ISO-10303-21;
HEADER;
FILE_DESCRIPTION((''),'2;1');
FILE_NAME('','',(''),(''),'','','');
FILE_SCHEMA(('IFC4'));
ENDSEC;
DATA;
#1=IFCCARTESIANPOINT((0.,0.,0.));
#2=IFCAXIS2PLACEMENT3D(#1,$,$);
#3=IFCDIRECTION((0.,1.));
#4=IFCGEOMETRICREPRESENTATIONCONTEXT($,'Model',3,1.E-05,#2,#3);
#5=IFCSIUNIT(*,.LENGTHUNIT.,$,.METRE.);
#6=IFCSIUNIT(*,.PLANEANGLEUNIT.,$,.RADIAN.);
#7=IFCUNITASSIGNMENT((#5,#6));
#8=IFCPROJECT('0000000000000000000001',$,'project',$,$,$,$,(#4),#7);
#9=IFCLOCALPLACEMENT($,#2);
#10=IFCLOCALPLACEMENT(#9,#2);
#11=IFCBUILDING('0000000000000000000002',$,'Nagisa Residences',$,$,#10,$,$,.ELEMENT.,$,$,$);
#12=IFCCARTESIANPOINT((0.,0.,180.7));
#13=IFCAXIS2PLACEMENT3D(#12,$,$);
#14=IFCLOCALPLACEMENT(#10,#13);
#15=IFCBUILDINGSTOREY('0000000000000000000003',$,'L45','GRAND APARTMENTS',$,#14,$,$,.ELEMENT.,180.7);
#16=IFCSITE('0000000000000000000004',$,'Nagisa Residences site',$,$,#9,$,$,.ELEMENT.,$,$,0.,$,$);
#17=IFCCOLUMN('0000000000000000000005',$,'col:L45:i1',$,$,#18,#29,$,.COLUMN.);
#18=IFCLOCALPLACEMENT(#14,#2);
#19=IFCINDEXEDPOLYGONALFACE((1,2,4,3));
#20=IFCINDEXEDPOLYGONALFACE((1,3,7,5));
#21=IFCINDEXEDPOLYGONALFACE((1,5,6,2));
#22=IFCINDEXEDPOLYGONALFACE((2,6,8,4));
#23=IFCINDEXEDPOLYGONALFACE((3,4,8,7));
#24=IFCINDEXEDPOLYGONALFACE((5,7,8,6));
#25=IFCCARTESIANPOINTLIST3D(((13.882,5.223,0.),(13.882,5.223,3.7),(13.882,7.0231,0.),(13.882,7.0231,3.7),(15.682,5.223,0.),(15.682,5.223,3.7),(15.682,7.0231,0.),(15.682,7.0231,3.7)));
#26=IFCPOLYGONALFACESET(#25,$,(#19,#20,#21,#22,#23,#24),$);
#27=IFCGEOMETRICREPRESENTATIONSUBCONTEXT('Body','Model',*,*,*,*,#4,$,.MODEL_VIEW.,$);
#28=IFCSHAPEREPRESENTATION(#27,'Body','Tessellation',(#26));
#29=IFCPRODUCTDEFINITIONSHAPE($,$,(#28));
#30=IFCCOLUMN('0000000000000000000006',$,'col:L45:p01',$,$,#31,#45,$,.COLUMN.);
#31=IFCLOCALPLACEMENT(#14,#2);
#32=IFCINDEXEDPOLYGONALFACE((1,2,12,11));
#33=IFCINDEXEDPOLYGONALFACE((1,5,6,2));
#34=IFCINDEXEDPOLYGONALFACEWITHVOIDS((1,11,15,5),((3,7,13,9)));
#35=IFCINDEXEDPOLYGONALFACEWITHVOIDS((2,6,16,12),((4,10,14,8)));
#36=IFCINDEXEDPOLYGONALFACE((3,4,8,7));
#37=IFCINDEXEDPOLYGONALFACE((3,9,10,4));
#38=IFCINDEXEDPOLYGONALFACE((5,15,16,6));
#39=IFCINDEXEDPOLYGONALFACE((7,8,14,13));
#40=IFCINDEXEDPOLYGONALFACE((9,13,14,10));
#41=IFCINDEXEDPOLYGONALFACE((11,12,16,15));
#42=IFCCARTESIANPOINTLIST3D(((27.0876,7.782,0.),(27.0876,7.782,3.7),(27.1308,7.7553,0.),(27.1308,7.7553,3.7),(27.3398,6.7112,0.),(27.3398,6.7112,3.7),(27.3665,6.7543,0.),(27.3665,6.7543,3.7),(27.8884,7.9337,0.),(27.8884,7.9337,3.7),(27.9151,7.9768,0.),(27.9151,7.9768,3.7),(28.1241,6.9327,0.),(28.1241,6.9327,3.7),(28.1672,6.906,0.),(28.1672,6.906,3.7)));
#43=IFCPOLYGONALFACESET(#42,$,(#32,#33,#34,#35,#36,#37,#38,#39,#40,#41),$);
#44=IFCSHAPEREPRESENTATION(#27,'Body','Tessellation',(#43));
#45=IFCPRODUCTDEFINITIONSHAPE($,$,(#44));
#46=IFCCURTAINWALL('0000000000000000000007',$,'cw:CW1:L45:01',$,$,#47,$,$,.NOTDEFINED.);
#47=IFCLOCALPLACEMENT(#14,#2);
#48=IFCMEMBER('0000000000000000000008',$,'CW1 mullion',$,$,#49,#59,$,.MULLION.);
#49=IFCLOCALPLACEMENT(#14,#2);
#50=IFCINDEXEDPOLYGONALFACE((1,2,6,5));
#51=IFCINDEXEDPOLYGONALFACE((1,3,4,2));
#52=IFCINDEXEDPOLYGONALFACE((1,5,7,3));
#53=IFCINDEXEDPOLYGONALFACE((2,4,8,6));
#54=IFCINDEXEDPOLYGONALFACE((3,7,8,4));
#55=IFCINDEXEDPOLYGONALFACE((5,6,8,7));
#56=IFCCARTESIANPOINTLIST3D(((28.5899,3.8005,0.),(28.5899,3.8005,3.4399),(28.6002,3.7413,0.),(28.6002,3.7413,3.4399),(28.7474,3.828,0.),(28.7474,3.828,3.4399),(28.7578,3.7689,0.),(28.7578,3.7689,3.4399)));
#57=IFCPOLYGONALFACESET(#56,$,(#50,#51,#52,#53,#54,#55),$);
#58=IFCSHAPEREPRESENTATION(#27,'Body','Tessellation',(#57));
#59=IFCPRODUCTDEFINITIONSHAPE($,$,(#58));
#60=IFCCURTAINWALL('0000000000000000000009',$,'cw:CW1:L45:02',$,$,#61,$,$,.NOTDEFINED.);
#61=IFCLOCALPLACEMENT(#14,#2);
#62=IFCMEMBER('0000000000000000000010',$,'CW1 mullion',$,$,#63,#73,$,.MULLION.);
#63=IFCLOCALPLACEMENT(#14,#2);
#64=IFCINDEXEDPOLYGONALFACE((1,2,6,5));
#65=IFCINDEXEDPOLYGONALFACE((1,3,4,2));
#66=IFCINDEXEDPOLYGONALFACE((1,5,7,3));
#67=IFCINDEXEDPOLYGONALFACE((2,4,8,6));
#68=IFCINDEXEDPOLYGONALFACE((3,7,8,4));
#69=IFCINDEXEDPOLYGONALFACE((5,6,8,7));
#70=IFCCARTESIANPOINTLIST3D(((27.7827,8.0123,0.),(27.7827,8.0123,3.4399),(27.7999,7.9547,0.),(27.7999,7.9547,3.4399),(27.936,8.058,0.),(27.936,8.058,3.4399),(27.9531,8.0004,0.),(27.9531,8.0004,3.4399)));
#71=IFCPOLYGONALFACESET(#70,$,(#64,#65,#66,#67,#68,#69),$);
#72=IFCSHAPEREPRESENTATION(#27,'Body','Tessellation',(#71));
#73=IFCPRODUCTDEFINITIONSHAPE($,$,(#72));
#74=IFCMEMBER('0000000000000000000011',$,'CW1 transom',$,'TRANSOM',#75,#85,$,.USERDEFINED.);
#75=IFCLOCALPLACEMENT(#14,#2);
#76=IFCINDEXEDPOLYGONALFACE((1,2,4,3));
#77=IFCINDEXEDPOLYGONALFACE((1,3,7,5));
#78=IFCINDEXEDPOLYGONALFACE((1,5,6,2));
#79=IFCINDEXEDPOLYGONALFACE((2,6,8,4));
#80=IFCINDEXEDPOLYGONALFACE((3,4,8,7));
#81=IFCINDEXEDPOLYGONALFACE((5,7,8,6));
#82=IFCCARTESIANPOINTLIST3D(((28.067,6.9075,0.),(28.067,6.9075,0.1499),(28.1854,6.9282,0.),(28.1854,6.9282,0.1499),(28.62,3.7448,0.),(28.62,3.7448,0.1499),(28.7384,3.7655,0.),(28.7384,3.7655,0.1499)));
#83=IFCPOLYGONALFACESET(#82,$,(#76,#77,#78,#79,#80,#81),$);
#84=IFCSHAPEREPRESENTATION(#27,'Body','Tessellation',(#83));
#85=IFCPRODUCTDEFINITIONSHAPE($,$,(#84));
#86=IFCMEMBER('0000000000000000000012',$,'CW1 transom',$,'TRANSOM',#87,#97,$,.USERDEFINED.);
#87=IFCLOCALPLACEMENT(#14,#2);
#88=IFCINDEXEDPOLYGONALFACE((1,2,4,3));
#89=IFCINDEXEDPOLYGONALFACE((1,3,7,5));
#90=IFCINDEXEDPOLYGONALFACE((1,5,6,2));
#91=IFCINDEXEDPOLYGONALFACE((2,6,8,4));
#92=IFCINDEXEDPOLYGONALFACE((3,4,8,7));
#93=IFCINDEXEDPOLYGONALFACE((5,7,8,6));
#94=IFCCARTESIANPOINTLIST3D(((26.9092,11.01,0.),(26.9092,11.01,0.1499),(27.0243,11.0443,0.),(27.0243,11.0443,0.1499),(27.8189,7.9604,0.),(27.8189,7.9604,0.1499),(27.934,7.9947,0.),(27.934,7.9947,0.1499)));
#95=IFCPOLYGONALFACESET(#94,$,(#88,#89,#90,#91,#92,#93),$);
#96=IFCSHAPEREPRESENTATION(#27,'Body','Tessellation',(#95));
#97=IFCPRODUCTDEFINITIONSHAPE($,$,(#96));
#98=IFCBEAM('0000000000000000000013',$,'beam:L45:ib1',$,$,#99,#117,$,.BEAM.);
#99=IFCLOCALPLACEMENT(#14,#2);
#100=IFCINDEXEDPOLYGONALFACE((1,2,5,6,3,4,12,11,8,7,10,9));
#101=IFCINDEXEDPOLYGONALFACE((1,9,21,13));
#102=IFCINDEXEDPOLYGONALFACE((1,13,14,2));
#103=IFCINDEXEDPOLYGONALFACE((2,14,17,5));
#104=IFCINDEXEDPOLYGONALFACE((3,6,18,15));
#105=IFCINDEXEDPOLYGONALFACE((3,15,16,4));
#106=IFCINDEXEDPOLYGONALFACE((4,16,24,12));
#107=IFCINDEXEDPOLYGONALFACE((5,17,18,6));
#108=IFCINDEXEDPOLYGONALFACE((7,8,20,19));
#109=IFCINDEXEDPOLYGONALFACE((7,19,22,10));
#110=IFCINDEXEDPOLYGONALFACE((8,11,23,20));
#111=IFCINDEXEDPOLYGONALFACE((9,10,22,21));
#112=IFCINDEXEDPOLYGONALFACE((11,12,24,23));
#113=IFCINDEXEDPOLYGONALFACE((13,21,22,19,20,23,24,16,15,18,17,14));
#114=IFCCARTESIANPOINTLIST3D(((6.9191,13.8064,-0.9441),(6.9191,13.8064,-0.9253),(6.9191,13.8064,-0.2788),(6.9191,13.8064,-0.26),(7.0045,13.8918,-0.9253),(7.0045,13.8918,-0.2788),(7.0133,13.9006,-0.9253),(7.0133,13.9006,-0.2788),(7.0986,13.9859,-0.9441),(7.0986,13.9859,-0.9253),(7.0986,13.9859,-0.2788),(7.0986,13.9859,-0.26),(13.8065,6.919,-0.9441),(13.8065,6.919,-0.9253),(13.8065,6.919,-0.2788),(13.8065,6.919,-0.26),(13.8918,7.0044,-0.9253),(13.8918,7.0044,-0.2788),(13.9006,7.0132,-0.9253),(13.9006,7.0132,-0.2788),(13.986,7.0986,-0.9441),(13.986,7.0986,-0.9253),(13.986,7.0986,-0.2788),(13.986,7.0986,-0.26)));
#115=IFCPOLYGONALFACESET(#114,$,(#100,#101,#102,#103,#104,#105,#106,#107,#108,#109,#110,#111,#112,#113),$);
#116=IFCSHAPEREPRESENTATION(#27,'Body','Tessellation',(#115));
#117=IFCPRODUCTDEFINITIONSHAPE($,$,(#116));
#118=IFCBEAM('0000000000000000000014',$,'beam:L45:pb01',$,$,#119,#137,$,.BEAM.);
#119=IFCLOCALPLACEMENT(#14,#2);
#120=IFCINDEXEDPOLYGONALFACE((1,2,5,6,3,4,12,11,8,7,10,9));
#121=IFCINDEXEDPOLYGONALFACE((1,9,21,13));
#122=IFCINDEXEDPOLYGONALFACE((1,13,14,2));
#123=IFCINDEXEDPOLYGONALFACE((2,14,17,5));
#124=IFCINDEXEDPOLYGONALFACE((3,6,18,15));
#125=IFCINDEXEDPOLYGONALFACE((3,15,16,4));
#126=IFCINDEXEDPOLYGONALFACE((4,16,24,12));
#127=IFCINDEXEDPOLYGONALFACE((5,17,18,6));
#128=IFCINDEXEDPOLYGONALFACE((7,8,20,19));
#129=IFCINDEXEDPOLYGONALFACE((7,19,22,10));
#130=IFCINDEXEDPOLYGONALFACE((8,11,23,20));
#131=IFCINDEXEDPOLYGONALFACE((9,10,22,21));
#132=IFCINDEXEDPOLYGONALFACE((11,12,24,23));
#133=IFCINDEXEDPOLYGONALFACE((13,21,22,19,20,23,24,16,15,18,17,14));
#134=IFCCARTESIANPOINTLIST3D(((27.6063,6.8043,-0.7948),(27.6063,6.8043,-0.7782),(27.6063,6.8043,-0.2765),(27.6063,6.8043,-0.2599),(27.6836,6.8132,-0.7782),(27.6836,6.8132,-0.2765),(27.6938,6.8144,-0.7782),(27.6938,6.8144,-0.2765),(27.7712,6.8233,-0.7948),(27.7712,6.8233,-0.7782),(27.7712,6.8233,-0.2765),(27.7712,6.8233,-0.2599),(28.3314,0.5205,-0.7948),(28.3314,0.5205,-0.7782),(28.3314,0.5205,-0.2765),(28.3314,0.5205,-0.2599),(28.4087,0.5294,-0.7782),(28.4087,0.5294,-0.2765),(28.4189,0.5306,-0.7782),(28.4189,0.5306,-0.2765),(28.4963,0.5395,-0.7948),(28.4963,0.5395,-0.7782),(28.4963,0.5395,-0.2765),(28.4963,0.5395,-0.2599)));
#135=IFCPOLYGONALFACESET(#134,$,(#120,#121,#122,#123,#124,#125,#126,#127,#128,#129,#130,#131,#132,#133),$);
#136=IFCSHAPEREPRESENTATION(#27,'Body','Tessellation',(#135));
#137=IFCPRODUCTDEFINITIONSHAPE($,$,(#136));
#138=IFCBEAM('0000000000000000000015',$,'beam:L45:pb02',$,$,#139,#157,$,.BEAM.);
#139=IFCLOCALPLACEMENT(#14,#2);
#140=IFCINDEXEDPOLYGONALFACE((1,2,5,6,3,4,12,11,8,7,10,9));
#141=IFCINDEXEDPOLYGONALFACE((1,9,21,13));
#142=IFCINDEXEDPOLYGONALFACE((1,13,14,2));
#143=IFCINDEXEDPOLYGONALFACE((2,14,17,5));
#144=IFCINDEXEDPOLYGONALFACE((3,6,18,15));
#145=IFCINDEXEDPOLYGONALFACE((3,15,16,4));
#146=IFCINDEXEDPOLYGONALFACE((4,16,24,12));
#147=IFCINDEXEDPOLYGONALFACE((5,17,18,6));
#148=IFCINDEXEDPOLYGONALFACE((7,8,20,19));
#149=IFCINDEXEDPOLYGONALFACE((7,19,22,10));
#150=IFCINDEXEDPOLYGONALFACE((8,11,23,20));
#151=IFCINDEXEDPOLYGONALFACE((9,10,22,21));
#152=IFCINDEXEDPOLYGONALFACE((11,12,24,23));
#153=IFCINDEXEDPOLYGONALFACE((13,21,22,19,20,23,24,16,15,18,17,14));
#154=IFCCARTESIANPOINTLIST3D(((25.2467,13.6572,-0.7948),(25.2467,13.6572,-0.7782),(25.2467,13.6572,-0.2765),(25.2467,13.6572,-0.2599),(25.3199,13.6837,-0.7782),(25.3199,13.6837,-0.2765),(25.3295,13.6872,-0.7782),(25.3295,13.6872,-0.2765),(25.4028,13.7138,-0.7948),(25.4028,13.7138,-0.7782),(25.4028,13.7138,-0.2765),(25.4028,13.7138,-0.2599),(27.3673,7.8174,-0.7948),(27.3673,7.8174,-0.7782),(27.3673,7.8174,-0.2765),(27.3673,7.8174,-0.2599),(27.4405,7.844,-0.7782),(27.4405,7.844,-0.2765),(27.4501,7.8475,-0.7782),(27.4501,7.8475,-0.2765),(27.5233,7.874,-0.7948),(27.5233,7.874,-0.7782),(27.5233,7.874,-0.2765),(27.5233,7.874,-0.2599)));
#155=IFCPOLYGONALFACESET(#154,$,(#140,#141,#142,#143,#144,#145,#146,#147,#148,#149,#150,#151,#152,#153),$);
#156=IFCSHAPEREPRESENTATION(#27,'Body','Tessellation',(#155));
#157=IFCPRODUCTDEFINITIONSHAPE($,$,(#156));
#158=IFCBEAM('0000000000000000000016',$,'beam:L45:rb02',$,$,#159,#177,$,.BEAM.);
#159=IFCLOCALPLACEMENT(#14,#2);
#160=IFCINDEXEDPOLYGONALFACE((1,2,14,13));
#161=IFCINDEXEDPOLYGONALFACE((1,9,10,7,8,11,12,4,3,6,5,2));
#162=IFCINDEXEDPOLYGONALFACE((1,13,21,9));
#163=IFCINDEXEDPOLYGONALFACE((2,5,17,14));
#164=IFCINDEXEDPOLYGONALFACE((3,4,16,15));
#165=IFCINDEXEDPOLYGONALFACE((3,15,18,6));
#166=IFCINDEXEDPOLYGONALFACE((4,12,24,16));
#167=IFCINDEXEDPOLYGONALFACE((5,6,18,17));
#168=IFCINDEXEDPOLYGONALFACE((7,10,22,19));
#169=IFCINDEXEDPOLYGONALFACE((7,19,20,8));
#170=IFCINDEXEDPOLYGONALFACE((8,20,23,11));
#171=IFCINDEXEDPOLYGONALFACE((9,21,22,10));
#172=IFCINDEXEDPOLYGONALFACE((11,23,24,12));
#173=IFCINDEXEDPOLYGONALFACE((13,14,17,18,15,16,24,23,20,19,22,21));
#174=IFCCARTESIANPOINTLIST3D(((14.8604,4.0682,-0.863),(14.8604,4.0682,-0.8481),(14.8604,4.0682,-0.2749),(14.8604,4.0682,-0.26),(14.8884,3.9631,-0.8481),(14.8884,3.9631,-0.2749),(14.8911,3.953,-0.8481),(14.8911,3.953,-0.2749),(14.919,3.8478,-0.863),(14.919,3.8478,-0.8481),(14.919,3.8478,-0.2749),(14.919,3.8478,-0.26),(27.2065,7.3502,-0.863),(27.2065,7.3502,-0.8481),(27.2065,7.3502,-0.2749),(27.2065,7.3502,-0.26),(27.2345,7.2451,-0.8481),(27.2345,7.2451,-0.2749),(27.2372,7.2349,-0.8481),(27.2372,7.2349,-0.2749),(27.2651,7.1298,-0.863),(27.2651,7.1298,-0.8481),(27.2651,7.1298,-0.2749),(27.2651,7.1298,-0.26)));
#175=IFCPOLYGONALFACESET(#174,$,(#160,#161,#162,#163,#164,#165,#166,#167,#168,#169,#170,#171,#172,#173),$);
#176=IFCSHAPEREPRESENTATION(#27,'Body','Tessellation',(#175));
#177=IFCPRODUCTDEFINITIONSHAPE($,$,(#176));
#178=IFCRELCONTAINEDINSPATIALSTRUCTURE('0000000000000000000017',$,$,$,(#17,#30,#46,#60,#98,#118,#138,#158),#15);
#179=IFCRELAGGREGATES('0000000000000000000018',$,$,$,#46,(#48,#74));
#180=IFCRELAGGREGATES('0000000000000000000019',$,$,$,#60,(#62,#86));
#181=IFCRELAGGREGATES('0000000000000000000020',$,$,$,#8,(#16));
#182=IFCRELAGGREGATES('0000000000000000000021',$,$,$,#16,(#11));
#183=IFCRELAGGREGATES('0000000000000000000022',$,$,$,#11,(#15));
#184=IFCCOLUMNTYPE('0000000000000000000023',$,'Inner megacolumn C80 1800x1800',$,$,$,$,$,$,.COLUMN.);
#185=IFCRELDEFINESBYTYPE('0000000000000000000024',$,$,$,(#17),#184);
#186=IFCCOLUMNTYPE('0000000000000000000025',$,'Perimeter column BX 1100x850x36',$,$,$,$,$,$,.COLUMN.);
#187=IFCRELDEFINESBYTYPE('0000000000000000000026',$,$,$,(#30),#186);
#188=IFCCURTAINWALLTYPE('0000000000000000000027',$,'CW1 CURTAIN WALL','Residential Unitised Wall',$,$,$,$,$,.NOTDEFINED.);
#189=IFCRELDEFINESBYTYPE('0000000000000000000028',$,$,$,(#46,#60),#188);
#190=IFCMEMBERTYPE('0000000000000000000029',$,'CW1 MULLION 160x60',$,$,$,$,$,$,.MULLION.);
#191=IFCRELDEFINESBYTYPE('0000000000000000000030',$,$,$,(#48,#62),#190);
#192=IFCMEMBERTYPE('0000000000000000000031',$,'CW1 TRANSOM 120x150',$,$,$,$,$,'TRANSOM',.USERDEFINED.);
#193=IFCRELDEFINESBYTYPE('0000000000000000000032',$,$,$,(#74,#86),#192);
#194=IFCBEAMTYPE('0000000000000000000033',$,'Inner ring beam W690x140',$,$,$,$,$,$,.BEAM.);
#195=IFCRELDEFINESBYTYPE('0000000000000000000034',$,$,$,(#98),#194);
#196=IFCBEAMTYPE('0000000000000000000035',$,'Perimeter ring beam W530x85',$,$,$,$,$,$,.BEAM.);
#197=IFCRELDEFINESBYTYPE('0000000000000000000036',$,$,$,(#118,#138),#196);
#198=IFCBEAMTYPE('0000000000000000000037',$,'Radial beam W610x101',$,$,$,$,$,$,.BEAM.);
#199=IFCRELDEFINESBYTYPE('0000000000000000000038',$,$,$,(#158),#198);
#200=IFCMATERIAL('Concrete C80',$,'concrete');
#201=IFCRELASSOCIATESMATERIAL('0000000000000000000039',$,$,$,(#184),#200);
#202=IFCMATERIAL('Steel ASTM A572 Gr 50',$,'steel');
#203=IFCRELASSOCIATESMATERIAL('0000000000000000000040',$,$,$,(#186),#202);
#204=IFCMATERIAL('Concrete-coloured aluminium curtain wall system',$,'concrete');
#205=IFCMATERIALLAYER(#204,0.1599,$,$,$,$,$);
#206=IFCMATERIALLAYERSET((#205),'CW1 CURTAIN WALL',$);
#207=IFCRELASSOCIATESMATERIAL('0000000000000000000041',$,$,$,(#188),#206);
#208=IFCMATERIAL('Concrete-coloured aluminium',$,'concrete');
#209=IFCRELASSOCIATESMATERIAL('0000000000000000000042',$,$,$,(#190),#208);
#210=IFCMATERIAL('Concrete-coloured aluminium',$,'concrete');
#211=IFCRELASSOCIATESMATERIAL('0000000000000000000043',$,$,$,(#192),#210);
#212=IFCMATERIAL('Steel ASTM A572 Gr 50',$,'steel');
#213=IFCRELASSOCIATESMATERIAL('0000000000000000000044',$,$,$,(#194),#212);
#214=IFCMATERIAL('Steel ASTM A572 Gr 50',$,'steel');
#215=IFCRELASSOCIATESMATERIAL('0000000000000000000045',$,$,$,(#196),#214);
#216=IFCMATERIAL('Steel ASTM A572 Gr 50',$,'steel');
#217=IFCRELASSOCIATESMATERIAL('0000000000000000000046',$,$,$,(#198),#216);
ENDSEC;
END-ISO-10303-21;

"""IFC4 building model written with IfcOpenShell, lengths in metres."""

from ifc_helpers import new_model, si_unit, direction, frame, origin, origin_2d, place, context, subcontext, project, spatial, rectangle, hollow_rectangle, i_section, extrude, material, layer, layer_set, material_profile, profile_set, type_object, element, aggregate, save


model = new_model("IFC4")

# Units and contexts
model_context = context("Model", 3, precision=1e-05, world=origin(), true_north=direction((0.0, 1.0)))
body_context = subcontext(model_context, "Body", "Model", "MODEL_VIEW")
ifc_project = project(units=[si_unit("LENGTHUNIT", "METRE"), si_unit("PLANEANGLEUNIT", "RADIAN")], contexts=[model_context])

# Site, building, storey
site_placement = place(None, origin())
site = spatial("IfcSite", under=ifc_project, at=site_placement, Name="Nagisa Residences site", CompositionType="ELEMENT", RefElevation=0.0)
building_placement = place(site_placement, origin())
building = spatial("IfcBuilding", under=site, at=building_placement, Name="Nagisa Residences", CompositionType="ELEMENT")
storey_placement = place(building_placement, frame((0.0, 0.0, 180.7)))
storey = spatial("IfcBuildingStorey", under=building, at=storey_placement, Name="L45", Description="GRAND APARTMENTS", CompositionType="ELEMENT", Elevation=180.7)

# Columns
ifc_material_1 = material(Name="Concrete C80", Category="concrete")
ifc_material_profile_1 = material_profile(ifc_material_1, rectangle(XDim=1.8, YDim=1.8, at=origin_2d()), Name="C80 1800x1800")
ifc_profile_set_1 = profile_set([ifc_material_profile_1], Name="Concrete C80")
column_type_1 = type_object("IfcColumnType", Name="Inner megacolumn C80 1800x1800", PredefinedType="COLUMN", material=ifc_profile_set_1)
column_1_placement = place(storey_placement, frame((14.782, 6.123, 0.0), z_axis=(0.0, 0.0, 1.0), x_axis=(1.0, 0.0, 0.0)))
element("IfcColumn", 1, at=column_1_placement, inside=storey, type_object=column_type_1, Name="col:L45:i1", PredefinedType="COLUMN", context=body_context, shape_type="SweptSolid", body=[
    extrude(rectangle(XDim=1.8, YDim=1.8, at=origin_2d()), origin(), (0.0, 0.0, 1.0), 3.7),
])
ifc_material_2 = material(Name="Steel ASTM A572 Gr 50", Category="steel")
ifc_material_profile_2 = material_profile(ifc_material_2, hollow_rectangle(XDim=1.1001, YDim=0.8501, WallThickness=0.0359, at=origin_2d()), Name="BX 1100x850x36")
ifc_profile_set_2 = profile_set([ifc_material_profile_2], Name="Steel ASTM A572 Gr 50")
column_type_2 = type_object("IfcColumnType", Name="Perimeter column BX 1100x850x36", PredefinedType="COLUMN", material=ifc_profile_set_2)
column_2_placement = place(storey_placement, frame((27.6274, 7.344, 0.0), z_axis=(0.0, 0.0, 1.0), x_axis=(-0.229202, 0.973379, 0.0)))
element("IfcColumn", 2, at=column_2_placement, inside=storey, type_object=column_type_2, Name="col:L45:p01", PredefinedType="COLUMN", context=body_context, shape_type="SweptSolid", body=[
    extrude(hollow_rectangle(XDim=1.1001, YDim=0.8501, WallThickness=0.0359, at=origin_2d()), origin(), (0.0, 0.0, 1.0), 3.7),
])

# Curtain walls, members
ifc_material_3 = material(Name="Concrete-coloured aluminium curtain wall system", Category="concrete")
ifc_layer_1 = layer(ifc_material_3, 0.1599)
ifc_layer_set_1 = layer_set([ifc_layer_1], Name="CW1 CURTAIN WALL")
curtain_wall_type = type_object("IfcCurtainWallType", Name="CW1 CURTAIN WALL", Description="Residential Unitised Wall", PredefinedType="NOTDEFINED", material=ifc_layer_set_1)
curtain_wall_1_placement = place(storey_placement, origin())
curtain_wall_1 = element("IfcCurtainWall", 3, at=curtain_wall_1_placement, inside=storey, type_object=curtain_wall_type, Name="cw:CW1:L45:01", PredefinedType="NOTDEFINED")
ifc_material_4 = material(Name="Concrete-coloured aluminium", Category="concrete")
ifc_material_profile_3 = material_profile(ifc_material_4, rectangle(XDim=0.1599, YDim=0.0601, at=origin_2d()), Name="CW1 MULLION 160x60")
ifc_profile_set_3 = profile_set([ifc_material_profile_3], Name="Concrete-coloured aluminium")
member_type_1 = type_object("IfcMemberType", Name="CW1 MULLION 160x60", PredefinedType="MULLION", material=ifc_profile_set_3)
member_1_placement = place(storey_placement, frame((28.6738, 3.7847, 0.0), z_axis=(0.0, 0.0, 1.0), x_axis=(-0.985064, -0.172191, 0.0)))
member_1 = element("IfcMember", 4, at=member_1_placement, type_object=member_type_1, Name="CW1 mullion", PredefinedType="MULLION", context=body_context, shape_type="SweptSolid", body=[
    extrude(rectangle(XDim=0.1599, YDim=0.0601, at=origin_2d()), origin(), (0.0, 0.0, 1.0), 3.4399),
])
curtain_wall_2_placement = place(storey_placement, origin())
curtain_wall_2 = element("IfcCurtainWall", 5, at=curtain_wall_2_placement, inside=storey, type_object=curtain_wall_type, Name="cw:CW1:L45:02", PredefinedType="NOTDEFINED")
member_2_placement = place(storey_placement, frame((27.8679, 8.0063, 0.0), z_axis=(0.0, 0.0, 1.0), x_axis=(-0.958271, -0.28586, 0.0)))
member_2 = element("IfcMember", 6, at=member_2_placement, type_object=member_type_1, Name="CW1 mullion", PredefinedType="MULLION", context=body_context, shape_type="SweptSolid", body=[
    extrude(rectangle(XDim=0.1599, YDim=0.0601, at=origin_2d()), origin(), (0.0, 0.0, 1.0), 3.4399),
])

# Members
ifc_material_5 = material(Name="Concrete-coloured aluminium", Category="concrete")
ifc_material_profile_4 = material_profile(ifc_material_5, rectangle(XDim=0.1201, YDim=0.1499, at=origin_2d()), Name="CW1 TRANSOM 120x150")
ifc_profile_set_4 = profile_set([ifc_material_profile_4], Name="Concrete-coloured aluminium")
member_type_2 = type_object("IfcMemberType", Name="CW1 TRANSOM 120x150", ElementType="TRANSOM", PredefinedType="USERDEFINED", material=ifc_profile_set_4)
member_3_placement = place(storey_placement, frame((28.6792, 3.7551, 0.075), z_axis=(-0.172236, 0.985056, 0.0), x_axis=(-0.985056, -0.172236, 0.0)))
member_3 = element("IfcMember", 7, at=member_3_placement, type_object=member_type_2, Name="CW1 transom", ObjectType="TRANSOM", PredefinedType="USERDEFINED", context=body_context, shape_type="SweptSolid", body=[
    extrude(rectangle(XDim=0.1201, YDim=0.1499, at=origin_2d()), origin(), (0.0, 0.0, 1.0), 3.2107),
])
member_4_placement = place(storey_placement, frame((27.8765, 7.9775, 0.075), z_axis=(-0.285848, 0.958275, 0.0), x_axis=(-0.958275, -0.285848, 0.0)))
member_4 = element("IfcMember", 8, at=member_4_placement, type_object=member_type_2, Name="CW1 transom", ObjectType="TRANSOM", PredefinedType="USERDEFINED", context=body_context, shape_type="SweptSolid", body=[
    extrude(rectangle(XDim=0.1201, YDim=0.1499, at=origin_2d()), origin(), (0.0, 0.0, 1.0), 3.1824),
])

# Beams
ifc_material_6 = material(Name="Steel ASTM A572 Gr 50", Category="steel")
ifc_material_profile_5 = material_profile(ifc_material_6, i_section(OverallWidth=0.2539, OverallDepth=0.6841, WebThickness=0.0125, FlangeThickness=0.0188, at=origin_2d()), Name="W690x140")
ifc_profile_set_5 = profile_set([ifc_material_profile_5], Name="Steel ASTM A572 Gr 50")
beam_type_1 = type_object("IfcBeamType", Name="Inner ring beam W690x140", PredefinedType="BEAM", material=ifc_profile_set_5)
beam_1_placement = place(storey_placement, frame((13.8962, 7.0088, -0.6021), z_axis=(-0.707107, 0.707107, 0.0), x_axis=(-0.707107, -0.707107, 0.0)))
element("IfcBeam", 9, at=beam_1_placement, inside=storey, type_object=beam_type_1, Name="beam:L45:ib1", PredefinedType="BEAM", context=body_context, shape_type="SweptSolid", body=[
    extrude(i_section(OverallWidth=0.2539, OverallDepth=0.6841, WebThickness=0.0125, FlangeThickness=0.0188, at=origin_2d()), origin(), (0.0, 0.0, 1.0), 9.7402),
])
ifc_material_7 = material(Name="Steel ASTM A572 Gr 50", Category="steel")
ifc_material_profile_6 = material_profile(ifc_material_7, i_section(OverallWidth=0.166, OverallDepth=0.5349, WebThickness=0.0103, FlangeThickness=0.0166, at=origin_2d()), Name="W530x85")
ifc_profile_set_6 = profile_set([ifc_material_profile_6], Name="Steel ASTM A572 Gr 50")
beam_type_2 = type_object("IfcBeamType", Name="Perimeter ring beam W530x85", PredefinedType="BEAM", material=ifc_profile_set_6)
beam_2_placement = place(storey_placement, frame((28.4138, 0.53, -0.5273), z_axis=(-0.114633, 0.993408, 0.0), x_axis=(-0.993408, -0.114633, 0.0)))
element("IfcBeam", 10, at=beam_2_placement, inside=storey, type_object=beam_type_2, Name="beam:L45:pb01", PredefinedType="BEAM", context=body_context, shape_type="SweptSolid", body=[
    extrude(i_section(OverallWidth=0.166, OverallDepth=0.5349, WebThickness=0.0103, FlangeThickness=0.0166, at=origin_2d()), origin(), (0.0, 0.0, 1.0), 6.3254),
])
beam_3_placement = place(storey_placement, frame((27.4453, 7.8457, -0.5273), z_axis=(-0.34132, 0.939947, 0.0), x_axis=(-0.939947, -0.34132, 0.0)))
element("IfcBeam", 11, at=beam_3_placement, inside=storey, type_object=beam_type_2, Name="beam:L45:pb02", PredefinedType="BEAM", context=body_context, shape_type="SweptSolid", body=[
    extrude(i_section(OverallWidth=0.166, OverallDepth=0.5349, WebThickness=0.0103, FlangeThickness=0.0166, at=origin_2d()), origin(), (0.0, 0.0, 1.0), 6.2129),
])
ifc_material_8 = material(Name="Steel ASTM A572 Gr 50", Category="steel")
ifc_material_profile_7 = material_profile(ifc_material_8, i_section(OverallWidth=0.228, OverallDepth=0.603, WebThickness=0.0105, FlangeThickness=0.0149, at=origin_2d()), Name="W610x101")
ifc_profile_set_7 = profile_set([ifc_material_profile_7], Name="Steel ASTM A572 Gr 50")
beam_type_3 = type_object("IfcBeamType", Name="Radial beam W610x101", PredefinedType="BEAM", material=ifc_profile_set_7)
beam_4_placement = place(storey_placement, frame((27.2358, 7.24, -0.5615), z_axis=(-0.966436, -0.256907, 0.0), x_axis=(0.256907, -0.966436, 0.0)))
element("IfcBeam", 12, at=beam_4_placement, inside=storey, type_object=beam_type_3, Name="beam:L45:rb02", PredefinedType="BEAM", context=body_context, shape_type="SweptSolid", body=[
    extrude(i_section(OverallWidth=0.228, OverallDepth=0.603, WebThickness=0.0105, FlangeThickness=0.0149, at=origin_2d()), origin(), (0.0, 0.0, 1.0), 12.7749),
])

aggregate(curtain_wall_1, [member_1, member_3])
aggregate(curtain_wall_2, [member_2, member_4])

save(model, "model.ifc")
